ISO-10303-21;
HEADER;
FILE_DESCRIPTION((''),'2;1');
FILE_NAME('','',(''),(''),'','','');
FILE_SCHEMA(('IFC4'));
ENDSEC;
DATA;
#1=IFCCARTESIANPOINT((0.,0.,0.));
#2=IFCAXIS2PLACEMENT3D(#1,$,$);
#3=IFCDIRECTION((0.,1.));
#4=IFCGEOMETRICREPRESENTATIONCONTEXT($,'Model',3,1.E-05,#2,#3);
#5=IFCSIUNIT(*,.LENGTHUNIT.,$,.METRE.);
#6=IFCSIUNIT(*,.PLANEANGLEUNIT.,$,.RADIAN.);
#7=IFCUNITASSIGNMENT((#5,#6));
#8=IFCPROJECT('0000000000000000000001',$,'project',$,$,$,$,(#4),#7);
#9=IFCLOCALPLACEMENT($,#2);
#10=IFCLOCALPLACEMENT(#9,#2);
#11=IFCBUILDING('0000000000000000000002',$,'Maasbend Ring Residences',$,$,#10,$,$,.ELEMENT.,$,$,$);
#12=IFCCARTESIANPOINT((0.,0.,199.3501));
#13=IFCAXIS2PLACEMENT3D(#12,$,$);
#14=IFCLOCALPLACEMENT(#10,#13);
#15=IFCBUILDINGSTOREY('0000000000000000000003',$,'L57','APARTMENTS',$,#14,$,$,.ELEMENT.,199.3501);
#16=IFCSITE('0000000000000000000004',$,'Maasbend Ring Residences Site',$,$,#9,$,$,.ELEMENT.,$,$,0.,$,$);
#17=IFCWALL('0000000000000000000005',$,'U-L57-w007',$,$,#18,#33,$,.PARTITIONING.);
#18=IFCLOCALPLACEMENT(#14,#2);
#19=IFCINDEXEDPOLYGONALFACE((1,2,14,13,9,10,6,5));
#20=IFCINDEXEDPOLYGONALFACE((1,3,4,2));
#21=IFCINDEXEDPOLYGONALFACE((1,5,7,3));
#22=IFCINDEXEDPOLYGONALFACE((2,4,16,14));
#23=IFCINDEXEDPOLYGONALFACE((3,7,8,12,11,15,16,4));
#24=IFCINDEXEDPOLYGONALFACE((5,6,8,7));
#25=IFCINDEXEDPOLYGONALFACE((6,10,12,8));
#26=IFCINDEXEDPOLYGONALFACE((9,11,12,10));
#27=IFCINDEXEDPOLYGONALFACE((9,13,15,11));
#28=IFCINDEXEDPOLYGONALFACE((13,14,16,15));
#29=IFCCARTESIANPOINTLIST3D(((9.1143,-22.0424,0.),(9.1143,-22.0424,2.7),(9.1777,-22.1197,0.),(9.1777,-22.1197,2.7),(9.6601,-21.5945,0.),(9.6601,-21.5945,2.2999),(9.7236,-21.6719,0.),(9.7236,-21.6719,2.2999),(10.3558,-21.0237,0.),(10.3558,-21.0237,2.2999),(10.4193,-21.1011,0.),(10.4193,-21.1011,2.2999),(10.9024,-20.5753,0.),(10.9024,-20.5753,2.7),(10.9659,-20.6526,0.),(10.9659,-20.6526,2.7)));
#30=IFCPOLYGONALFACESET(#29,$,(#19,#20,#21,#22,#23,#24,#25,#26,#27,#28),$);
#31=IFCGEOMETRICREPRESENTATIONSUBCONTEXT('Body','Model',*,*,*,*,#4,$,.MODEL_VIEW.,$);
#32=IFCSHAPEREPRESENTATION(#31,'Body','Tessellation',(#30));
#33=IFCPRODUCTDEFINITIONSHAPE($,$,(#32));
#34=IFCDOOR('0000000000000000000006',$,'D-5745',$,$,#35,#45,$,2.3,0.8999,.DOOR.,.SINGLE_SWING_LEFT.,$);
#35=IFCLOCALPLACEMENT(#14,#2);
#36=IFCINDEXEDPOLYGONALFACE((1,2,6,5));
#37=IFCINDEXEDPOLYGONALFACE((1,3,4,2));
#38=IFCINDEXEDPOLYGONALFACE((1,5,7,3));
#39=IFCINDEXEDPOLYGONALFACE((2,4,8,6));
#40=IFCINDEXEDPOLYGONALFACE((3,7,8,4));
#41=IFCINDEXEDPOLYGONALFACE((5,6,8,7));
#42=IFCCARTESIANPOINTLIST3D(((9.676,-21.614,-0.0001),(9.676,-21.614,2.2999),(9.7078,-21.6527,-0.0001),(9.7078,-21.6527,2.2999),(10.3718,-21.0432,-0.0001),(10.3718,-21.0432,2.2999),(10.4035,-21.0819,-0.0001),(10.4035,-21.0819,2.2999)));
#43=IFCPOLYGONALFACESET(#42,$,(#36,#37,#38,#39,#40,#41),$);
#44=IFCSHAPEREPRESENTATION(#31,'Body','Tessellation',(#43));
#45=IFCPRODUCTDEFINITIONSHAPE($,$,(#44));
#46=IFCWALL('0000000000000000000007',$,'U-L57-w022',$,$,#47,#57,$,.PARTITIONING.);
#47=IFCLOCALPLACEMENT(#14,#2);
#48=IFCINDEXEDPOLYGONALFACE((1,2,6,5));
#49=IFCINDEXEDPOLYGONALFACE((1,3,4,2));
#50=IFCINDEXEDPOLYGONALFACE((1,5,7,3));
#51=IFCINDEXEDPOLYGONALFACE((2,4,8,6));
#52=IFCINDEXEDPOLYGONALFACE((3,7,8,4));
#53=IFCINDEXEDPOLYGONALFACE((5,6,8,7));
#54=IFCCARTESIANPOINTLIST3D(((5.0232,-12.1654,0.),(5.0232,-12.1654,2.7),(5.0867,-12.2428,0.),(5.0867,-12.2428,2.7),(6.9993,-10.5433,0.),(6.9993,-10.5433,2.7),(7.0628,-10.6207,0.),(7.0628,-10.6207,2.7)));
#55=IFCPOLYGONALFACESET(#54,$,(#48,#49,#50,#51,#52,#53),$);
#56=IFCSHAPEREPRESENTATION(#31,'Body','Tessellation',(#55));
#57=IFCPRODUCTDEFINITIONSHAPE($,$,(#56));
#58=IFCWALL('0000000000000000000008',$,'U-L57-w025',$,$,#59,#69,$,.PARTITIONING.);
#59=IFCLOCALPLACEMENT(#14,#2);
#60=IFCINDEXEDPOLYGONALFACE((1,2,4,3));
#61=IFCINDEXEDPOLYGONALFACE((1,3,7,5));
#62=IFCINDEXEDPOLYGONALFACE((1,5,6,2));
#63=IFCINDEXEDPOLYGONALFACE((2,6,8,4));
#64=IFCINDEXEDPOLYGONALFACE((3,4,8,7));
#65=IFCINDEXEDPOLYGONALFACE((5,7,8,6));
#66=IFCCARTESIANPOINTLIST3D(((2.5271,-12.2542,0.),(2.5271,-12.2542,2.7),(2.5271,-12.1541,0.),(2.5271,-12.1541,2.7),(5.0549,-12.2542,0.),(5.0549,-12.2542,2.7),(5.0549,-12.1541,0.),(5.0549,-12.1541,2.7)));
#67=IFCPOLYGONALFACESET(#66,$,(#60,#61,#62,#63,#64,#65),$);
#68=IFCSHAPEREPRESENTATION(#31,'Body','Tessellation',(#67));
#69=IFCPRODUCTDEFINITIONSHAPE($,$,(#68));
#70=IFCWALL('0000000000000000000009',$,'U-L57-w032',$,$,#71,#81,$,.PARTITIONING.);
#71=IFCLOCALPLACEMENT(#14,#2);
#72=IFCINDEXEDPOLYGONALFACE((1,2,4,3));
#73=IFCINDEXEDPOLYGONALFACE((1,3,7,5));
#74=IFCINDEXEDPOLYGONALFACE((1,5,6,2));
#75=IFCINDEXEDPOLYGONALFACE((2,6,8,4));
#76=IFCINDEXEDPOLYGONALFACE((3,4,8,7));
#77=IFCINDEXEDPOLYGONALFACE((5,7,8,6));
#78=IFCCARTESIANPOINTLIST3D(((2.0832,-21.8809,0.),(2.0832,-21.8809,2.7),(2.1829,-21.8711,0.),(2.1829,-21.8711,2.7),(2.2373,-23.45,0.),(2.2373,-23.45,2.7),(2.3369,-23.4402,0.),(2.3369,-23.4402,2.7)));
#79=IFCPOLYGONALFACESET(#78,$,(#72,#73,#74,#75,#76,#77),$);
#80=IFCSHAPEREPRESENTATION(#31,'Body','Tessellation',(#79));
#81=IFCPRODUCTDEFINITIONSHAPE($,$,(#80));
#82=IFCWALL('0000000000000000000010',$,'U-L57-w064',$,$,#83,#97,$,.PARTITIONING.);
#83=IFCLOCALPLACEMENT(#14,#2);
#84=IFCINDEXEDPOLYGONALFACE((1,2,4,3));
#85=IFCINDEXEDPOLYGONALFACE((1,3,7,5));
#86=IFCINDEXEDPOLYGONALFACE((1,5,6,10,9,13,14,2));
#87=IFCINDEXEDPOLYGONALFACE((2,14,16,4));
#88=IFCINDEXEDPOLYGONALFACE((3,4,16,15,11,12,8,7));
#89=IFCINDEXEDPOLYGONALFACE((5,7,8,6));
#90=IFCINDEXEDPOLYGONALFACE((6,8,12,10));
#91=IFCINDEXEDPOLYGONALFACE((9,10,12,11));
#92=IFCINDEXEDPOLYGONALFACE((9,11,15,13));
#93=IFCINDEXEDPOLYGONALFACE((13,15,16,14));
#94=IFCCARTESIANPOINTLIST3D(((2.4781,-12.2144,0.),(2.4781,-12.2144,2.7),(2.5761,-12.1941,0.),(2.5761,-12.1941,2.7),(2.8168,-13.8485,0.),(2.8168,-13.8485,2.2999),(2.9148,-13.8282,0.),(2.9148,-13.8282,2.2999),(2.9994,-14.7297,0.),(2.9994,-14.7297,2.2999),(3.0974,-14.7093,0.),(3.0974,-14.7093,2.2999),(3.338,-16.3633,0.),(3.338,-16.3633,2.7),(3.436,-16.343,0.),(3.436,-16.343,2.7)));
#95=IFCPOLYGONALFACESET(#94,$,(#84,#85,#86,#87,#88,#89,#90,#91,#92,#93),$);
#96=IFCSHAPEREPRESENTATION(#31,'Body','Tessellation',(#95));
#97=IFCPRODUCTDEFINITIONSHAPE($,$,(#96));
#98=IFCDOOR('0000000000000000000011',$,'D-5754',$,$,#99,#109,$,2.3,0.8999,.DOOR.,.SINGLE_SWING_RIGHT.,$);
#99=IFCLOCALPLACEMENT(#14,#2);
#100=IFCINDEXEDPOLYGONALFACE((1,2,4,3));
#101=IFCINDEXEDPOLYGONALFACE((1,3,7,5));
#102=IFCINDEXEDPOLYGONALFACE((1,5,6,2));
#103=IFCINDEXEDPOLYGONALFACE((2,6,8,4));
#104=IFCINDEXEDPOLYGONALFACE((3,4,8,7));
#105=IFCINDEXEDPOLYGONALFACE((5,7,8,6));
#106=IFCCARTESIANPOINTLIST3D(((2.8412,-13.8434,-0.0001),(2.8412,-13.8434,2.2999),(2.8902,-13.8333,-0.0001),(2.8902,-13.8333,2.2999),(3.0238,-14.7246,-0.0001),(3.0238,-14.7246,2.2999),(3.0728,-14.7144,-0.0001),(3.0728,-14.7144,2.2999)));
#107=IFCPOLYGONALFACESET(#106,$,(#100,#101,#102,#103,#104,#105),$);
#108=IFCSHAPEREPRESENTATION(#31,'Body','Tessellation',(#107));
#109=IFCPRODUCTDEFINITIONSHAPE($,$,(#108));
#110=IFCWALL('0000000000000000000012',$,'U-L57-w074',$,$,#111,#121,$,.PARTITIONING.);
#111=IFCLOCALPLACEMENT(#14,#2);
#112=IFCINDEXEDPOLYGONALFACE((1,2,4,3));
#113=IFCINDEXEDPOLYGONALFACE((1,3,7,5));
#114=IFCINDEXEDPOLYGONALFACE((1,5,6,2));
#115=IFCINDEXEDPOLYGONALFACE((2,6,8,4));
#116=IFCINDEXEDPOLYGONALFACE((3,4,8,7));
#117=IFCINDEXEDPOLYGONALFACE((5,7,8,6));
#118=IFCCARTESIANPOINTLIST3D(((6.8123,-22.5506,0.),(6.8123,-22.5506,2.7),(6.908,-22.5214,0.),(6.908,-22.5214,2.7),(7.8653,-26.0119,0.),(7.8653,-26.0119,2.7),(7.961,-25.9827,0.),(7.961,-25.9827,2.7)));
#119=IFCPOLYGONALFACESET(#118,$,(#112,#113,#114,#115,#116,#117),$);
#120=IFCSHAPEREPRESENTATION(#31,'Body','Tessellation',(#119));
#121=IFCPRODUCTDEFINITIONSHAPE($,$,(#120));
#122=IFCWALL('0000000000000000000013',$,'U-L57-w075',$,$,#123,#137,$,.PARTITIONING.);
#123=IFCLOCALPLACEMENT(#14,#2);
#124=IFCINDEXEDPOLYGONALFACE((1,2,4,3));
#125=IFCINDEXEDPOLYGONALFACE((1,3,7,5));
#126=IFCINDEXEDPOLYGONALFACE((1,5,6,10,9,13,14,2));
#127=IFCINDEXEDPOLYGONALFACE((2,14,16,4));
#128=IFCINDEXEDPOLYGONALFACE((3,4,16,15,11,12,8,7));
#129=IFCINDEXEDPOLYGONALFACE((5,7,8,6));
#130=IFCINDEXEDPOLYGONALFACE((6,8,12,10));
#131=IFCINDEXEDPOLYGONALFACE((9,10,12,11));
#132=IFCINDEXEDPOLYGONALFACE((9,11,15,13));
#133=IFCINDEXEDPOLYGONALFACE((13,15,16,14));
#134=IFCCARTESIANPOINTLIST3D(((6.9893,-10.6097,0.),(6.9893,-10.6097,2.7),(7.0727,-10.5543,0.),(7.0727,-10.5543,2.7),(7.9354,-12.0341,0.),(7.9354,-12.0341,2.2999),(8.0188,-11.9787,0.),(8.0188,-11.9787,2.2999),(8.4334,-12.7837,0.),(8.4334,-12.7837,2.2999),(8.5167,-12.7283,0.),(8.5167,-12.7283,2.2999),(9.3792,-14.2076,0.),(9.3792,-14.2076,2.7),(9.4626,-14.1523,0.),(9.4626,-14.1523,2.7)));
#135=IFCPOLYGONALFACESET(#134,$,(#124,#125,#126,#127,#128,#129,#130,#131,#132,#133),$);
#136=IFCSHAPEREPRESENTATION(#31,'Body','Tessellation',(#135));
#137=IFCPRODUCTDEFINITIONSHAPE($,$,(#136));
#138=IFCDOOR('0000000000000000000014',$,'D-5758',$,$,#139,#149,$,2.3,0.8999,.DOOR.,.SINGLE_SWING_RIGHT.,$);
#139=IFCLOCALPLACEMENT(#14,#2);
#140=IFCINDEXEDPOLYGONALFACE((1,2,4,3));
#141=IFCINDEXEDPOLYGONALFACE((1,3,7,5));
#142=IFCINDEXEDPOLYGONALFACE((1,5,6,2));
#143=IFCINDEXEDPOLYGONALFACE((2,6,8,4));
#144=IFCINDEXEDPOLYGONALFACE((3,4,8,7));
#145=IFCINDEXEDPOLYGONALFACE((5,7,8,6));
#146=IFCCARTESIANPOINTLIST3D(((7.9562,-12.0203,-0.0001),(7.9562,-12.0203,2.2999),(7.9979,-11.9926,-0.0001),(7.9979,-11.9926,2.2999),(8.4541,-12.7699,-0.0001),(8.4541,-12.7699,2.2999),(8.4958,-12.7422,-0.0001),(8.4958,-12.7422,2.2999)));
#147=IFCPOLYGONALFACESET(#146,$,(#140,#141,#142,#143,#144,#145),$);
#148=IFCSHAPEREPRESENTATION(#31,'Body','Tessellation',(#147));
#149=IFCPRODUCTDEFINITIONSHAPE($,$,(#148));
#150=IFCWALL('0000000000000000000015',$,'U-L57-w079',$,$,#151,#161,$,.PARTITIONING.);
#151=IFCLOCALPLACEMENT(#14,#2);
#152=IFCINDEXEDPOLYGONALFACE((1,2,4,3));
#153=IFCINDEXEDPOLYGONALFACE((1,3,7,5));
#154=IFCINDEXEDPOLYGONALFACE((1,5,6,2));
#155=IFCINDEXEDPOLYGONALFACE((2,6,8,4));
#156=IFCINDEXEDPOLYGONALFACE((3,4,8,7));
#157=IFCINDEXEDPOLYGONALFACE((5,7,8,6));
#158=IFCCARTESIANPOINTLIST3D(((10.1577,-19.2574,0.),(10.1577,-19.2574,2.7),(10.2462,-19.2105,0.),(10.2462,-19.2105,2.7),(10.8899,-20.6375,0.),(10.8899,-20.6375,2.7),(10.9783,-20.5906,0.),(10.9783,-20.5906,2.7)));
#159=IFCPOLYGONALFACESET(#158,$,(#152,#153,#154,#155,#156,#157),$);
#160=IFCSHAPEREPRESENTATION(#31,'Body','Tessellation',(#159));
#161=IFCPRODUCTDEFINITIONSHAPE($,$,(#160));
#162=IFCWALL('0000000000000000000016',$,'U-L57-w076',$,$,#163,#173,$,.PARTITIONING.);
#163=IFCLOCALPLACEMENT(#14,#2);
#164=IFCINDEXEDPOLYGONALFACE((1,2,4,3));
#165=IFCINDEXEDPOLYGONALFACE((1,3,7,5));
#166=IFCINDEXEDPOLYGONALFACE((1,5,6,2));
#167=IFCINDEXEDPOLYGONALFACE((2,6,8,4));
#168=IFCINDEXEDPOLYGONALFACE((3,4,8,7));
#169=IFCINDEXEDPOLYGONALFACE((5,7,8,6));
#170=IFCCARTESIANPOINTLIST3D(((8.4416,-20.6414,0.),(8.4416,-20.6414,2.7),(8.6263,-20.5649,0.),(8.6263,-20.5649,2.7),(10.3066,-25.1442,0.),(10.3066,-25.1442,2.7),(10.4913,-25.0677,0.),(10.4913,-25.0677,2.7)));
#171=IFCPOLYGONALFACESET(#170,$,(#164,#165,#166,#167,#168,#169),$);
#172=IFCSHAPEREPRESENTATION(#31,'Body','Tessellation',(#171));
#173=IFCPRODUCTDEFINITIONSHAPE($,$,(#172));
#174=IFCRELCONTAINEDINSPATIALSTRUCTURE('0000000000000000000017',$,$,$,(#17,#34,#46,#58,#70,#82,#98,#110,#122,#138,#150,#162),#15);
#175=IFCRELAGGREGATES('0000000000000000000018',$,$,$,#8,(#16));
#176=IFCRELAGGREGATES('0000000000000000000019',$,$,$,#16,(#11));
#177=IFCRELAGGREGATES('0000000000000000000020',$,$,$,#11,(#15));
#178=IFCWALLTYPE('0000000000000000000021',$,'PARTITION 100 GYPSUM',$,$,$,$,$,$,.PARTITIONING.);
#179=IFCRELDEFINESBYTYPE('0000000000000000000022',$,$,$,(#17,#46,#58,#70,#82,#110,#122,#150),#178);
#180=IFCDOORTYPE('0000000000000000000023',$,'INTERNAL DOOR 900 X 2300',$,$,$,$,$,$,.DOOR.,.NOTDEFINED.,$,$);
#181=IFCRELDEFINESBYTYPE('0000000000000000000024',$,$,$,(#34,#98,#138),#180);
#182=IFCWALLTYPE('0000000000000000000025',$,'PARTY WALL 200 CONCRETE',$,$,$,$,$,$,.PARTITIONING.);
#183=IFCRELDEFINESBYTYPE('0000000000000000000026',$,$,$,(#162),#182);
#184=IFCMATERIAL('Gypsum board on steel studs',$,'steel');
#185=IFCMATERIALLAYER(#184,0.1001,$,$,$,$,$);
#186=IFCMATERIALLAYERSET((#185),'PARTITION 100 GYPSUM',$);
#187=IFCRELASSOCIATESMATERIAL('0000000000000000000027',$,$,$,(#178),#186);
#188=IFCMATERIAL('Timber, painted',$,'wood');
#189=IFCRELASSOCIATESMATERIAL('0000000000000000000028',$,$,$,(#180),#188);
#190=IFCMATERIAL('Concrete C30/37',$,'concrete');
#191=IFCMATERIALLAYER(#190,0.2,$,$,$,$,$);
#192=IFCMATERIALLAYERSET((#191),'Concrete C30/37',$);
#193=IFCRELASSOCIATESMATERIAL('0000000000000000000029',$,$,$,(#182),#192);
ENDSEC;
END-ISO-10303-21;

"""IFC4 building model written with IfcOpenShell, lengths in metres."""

from ifc_helpers import new_model, si_unit, direction, frame, frame_2d, origin, place, context, subcontext, project, spatial, rectangle, extrude, material, layer, layer_set, type_object, element, fill, save


model = new_model("IFC4")

# Units and contexts
model_context = context("Model", 3, precision=1e-05, world=origin(), true_north=direction((0.0, 1.0)))
body_context = subcontext(model_context, "Body", "Model", "MODEL_VIEW")
ifc_project = project(units=[si_unit("LENGTHUNIT", "METRE"), si_unit("PLANEANGLEUNIT", "RADIAN")], contexts=[model_context])

# Site, building, storey
site_placement = place(None, origin())
site = spatial("IfcSite", under=ifc_project, at=site_placement, Name="Maasbend Ring Residences Site", CompositionType="ELEMENT", RefElevation=0.0)
building_placement = place(site_placement, origin())
building = spatial("IfcBuilding", under=site, at=building_placement, Name="Maasbend Ring Residences", CompositionType="ELEMENT")
storey_placement = place(building_placement, frame((0.0, 0.0, 199.3501)))
storey = spatial("IfcBuildingStorey", under=building, at=storey_placement, Name="L57", Description="APARTMENTS", CompositionType="ELEMENT", Elevation=199.3501)

# Wall, opening, door
ifc_material_1 = material(Name="Gypsum board on steel studs", Category="steel")
ifc_layer_1 = layer(ifc_material_1, 0.1001)
ifc_layer_set_1 = layer_set([ifc_layer_1], Name="PARTITION 100 GYPSUM")
wall_type_1 = type_object("IfcWallType", Name="PARTITION 100 GYPSUM", PredefinedType="PARTITIONING", material=ifc_layer_set_1)
wall_1_placement = place(storey_placement, frame((9.146, -22.0811, 0.0), z_axis=(0.0, 0.0, 1.0), x_axis=(0.773096, 0.634289, 0.0)))
wall_1 = element("IfcWall", 1, at=wall_1_placement, inside=storey, type_object=wall_type_1, Name="U-L57-w007", PredefinedType="PARTITIONING", context=body_context, shape_type="SweptSolid", body=[
    extrude(rectangle(XDim=2.313, YDim=0.1001, at=frame_2d((1.1565, 0.0))), origin(), (0.0, 0.0, 1.0), 2.7),
])
opening_1_placement = place(wall_1_placement, frame((0.7061, 0.0, 0.0)))
opening_1 = element("IfcOpeningElement", 2, at=opening_1_placement, cuts=wall_1, PredefinedType="OPENING", context=body_context, shape_type="SweptSolid", body=[
    extrude(rectangle(XDim=0.8999, YDim=2.3, at=frame_2d((0.45, 1.1499))), frame((0.0, 0.0601, 0.0), z_axis=(0.0, -1.0, 0.0), x_axis=(1.0, 0.0, 0.0)), (0.0, 0.0, 1.0), 0.1201),
])
ifc_material_2 = material(Name="Timber, painted", Category="wood")
door_type_1 = type_object("IfcDoorType", Name="INTERNAL DOOR 900 X 2300", OperationType="NOTDEFINED", PredefinedType="DOOR", material=ifc_material_2)
door_1_placement = place(opening_1_placement, origin())
door_1 = element("IfcDoor", 3, at=door_1_placement, inside=storey, type_object=door_type_1, Name="D-5745", OperationType="SINGLE_SWING_LEFT", OverallHeight=2.3, OverallWidth=0.8999, PredefinedType="DOOR", context=body_context, shape_type="SweptSolid", body=[
    extrude(rectangle(XDim=0.8999, YDim=2.3, at=frame_2d((0.45, 1.1499))), frame((0.0, 0.0249, 0.0), z_axis=(0.0, -1.0, 0.0), x_axis=(1.0, 0.0, 0.0)), (0.0, 0.0, 1.0), 0.05),
])
fill(opening_1, door_1)

# Walls
wall_2_placement = place(storey_placement, frame((5.0549, -12.2041, 0.0), z_axis=(0.0, 0.0, 1.0), x_axis=(0.772944, 0.634475, 0.0)))
element("IfcWall", 4, at=wall_2_placement, inside=storey, type_object=wall_type_1, Name="U-L57-w022", PredefinedType="PARTITIONING", context=body_context, shape_type="SweptSolid", body=[
    extrude(rectangle(XDim=2.5566, YDim=0.1001, at=frame_2d((1.2783, 0.0))), origin(), (0.0, 0.0, 1.0), 2.7),
])
wall_3_placement = place(storey_placement, frame((2.5271, -12.2041, 0.0), z_axis=(0.0, 0.0, 1.0), x_axis=(1.0, 0.0, 0.0)))
element("IfcWall", 5, at=wall_3_placement, inside=storey, type_object=wall_type_1, Name="U-L57-w025", PredefinedType="PARTITIONING", context=body_context, shape_type="SweptSolid", body=[
    extrude(rectangle(XDim=2.5278, YDim=0.1001, at=frame_2d((1.2639, 0.0))), origin(), (0.0, 0.0, 1.0), 2.7),
])
wall_4_placement = place(storey_placement, frame((2.1331, -21.876, 0.0), z_axis=(0.0, 0.0, 1.0), x_axis=(0.09771, -0.995215, 0.0)))
element("IfcWall", 6, at=wall_4_placement, inside=storey, type_object=wall_type_1, Name="U-L57-w032", PredefinedType="PARTITIONING", context=body_context, shape_type="SweptSolid", body=[
    extrude(rectangle(XDim=1.5767, YDim=0.1001, at=frame_2d((0.7883, 0.0))), origin(), (0.0, 0.0, 1.0), 2.7),
])

# Wall, opening, door
wall_5_placement = place(storey_placement, frame((2.5271, -12.2041, 0.0), z_axis=(0.0, 0.0, 1.0), x_axis=(0.202937, -0.979192, 0.0)))
wall_5 = element("IfcWall", 7, at=wall_5_placement, inside=storey, type_object=wall_type_1, Name="U-L57-w064", PredefinedType="PARTITIONING", context=body_context, shape_type="SweptSolid", body=[
    extrude(rectangle(XDim=4.2371, YDim=0.1001, at=frame_2d((2.1187, 0.0))), origin(), (0.0, 0.0, 1.0), 2.7),
])
opening_2_placement = place(wall_5_placement, frame((1.6689, 0.0, 0.0)))
opening_2 = element("IfcOpeningElement", 8, at=opening_2_placement, cuts=wall_5, PredefinedType="OPENING", context=body_context, shape_type="SweptSolid", body=[
    extrude(rectangle(XDim=0.8999, YDim=2.3, at=frame_2d((0.45, 1.1499))), frame((0.0, 0.0601, 0.0), z_axis=(0.0, -1.0, 0.0), x_axis=(1.0, 0.0, 0.0)), (0.0, 0.0, 1.0), 0.1201),
])
door_2_placement = place(opening_2_placement, origin())
door_2 = element("IfcDoor", 9, at=door_2_placement, inside=storey, type_object=door_type_1, Name="D-5754", OperationType="SINGLE_SWING_RIGHT", OverallHeight=2.3, OverallWidth=0.8999, PredefinedType="DOOR", context=body_context, shape_type="SweptSolid", body=[
    extrude(rectangle(XDim=0.8999, YDim=2.3, at=frame_2d((0.45, 1.1499))), frame((0.0, 0.0249, 0.0), z_axis=(0.0, -1.0, 0.0), x_axis=(1.0, 0.0, 0.0)), (0.0, 0.0, 1.0), 0.05),
])
fill(opening_2, door_2)

# Wall
wall_6_placement = place(storey_placement, frame((6.8601, -22.5359, 0.0), z_axis=(0.0, 0.0, 1.0), x_axis=(0.291054, -0.956707, 0.0)))
element("IfcWall", 10, at=wall_6_placement, inside=storey, type_object=wall_type_1, Name="U-L57-w074", PredefinedType="PARTITIONING", context=body_context, shape_type="SweptSolid", body=[
    extrude(rectangle(XDim=3.6179, YDim=0.1001, at=frame_2d((1.8091, 0.0))), origin(), (0.0, 0.0, 1.0), 2.7),
])

# Wall, opening, door
wall_7_placement = place(storey_placement, frame((7.031, -10.582, 0.0), z_axis=(0.0, 0.0, 1.0), x_axis=(0.553304, -0.83298, 0.0)))
wall_7 = element("IfcWall", 11, at=wall_7_placement, inside=storey, type_object=wall_type_1, Name="U-L57-w075", PredefinedType="PARTITIONING", context=body_context, shape_type="SweptSolid", body=[
    extrude(rectangle(XDim=4.3193, YDim=0.1001, at=frame_2d((2.1597, 0.0))), origin(), (0.0, 0.0, 1.0), 2.7),
])
opening_3_placement = place(wall_7_placement, frame((1.71, 0.0, 0.0)))
opening_3 = element("IfcOpeningElement", 12, at=opening_3_placement, cuts=wall_7, PredefinedType="OPENING", context=body_context, shape_type="SweptSolid", body=[
    extrude(rectangle(XDim=0.8999, YDim=2.3, at=frame_2d((0.45, 1.1499))), frame((0.0, 0.0601, 0.0), z_axis=(0.0, -1.0, 0.0), x_axis=(1.0, 0.0, 0.0)), (0.0, 0.0, 1.0), 0.1201),
])
door_3_placement = place(opening_3_placement, origin())
door_3 = element("IfcDoor", 13, at=door_3_placement, inside=storey, type_object=door_type_1, Name="D-5758", OperationType="SINGLE_SWING_RIGHT", OverallHeight=2.3, OverallWidth=0.8999, PredefinedType="DOOR", context=body_context, shape_type="SweptSolid", body=[
    extrude(rectangle(XDim=0.8999, YDim=2.3, at=frame_2d((0.45, 1.1499))), frame((0.0, 0.0249, 0.0), z_axis=(0.0, -1.0, 0.0), x_axis=(1.0, 0.0, 0.0)), (0.0, 0.0, 1.0), 0.05),
])
fill(opening_3, door_3)

# Walls
wall_8_placement = place(storey_placement, frame((10.2019, -19.2339, 0.0), z_axis=(0.0, 0.0, 1.0), x_axis=(0.468649, -0.883385, 0.0)))
element("IfcWall", 14, at=wall_8_placement, inside=storey, type_object=wall_type_1, Name="U-L57-w079", PredefinedType="PARTITIONING", context=body_context, shape_type="SweptSolid", body=[
    extrude(rectangle(XDim=1.5623, YDim=0.1001, at=frame_2d((0.7812, 0.0))), origin(), (0.0, 0.0, 1.0), 2.7),
])
ifc_material_3 = material(Name="Concrete C30/37", Category="concrete")
ifc_layer_2 = layer(ifc_material_3, 0.2)
ifc_layer_set_2 = layer_set([ifc_layer_2], Name="Concrete C30/37")
wall_type_2 = type_object("IfcWallType", Name="PARTY WALL 200 CONCRETE", PredefinedType="PARTITIONING", material=ifc_layer_set_2)
wall_9_placement = place(storey_placement, frame((8.5339, -20.603, 0.0), z_axis=(0.0, 0.0, 1.0), x_axis=(0.382651, -0.923893, 0.0)))
element("IfcWall", 15, at=wall_9_placement, inside=storey, type_object=wall_type_2, Name="U-L57-w076", PredefinedType="PARTITIONING", context=body_context, shape_type="SweptSolid", body=[
    extrude(rectangle(XDim=4.8738, YDim=0.2, at=frame_2d((2.437, 0.0))), origin(), (0.0, 0.0, 1.0), 2.7),
])

save(model, "model.ifc")
